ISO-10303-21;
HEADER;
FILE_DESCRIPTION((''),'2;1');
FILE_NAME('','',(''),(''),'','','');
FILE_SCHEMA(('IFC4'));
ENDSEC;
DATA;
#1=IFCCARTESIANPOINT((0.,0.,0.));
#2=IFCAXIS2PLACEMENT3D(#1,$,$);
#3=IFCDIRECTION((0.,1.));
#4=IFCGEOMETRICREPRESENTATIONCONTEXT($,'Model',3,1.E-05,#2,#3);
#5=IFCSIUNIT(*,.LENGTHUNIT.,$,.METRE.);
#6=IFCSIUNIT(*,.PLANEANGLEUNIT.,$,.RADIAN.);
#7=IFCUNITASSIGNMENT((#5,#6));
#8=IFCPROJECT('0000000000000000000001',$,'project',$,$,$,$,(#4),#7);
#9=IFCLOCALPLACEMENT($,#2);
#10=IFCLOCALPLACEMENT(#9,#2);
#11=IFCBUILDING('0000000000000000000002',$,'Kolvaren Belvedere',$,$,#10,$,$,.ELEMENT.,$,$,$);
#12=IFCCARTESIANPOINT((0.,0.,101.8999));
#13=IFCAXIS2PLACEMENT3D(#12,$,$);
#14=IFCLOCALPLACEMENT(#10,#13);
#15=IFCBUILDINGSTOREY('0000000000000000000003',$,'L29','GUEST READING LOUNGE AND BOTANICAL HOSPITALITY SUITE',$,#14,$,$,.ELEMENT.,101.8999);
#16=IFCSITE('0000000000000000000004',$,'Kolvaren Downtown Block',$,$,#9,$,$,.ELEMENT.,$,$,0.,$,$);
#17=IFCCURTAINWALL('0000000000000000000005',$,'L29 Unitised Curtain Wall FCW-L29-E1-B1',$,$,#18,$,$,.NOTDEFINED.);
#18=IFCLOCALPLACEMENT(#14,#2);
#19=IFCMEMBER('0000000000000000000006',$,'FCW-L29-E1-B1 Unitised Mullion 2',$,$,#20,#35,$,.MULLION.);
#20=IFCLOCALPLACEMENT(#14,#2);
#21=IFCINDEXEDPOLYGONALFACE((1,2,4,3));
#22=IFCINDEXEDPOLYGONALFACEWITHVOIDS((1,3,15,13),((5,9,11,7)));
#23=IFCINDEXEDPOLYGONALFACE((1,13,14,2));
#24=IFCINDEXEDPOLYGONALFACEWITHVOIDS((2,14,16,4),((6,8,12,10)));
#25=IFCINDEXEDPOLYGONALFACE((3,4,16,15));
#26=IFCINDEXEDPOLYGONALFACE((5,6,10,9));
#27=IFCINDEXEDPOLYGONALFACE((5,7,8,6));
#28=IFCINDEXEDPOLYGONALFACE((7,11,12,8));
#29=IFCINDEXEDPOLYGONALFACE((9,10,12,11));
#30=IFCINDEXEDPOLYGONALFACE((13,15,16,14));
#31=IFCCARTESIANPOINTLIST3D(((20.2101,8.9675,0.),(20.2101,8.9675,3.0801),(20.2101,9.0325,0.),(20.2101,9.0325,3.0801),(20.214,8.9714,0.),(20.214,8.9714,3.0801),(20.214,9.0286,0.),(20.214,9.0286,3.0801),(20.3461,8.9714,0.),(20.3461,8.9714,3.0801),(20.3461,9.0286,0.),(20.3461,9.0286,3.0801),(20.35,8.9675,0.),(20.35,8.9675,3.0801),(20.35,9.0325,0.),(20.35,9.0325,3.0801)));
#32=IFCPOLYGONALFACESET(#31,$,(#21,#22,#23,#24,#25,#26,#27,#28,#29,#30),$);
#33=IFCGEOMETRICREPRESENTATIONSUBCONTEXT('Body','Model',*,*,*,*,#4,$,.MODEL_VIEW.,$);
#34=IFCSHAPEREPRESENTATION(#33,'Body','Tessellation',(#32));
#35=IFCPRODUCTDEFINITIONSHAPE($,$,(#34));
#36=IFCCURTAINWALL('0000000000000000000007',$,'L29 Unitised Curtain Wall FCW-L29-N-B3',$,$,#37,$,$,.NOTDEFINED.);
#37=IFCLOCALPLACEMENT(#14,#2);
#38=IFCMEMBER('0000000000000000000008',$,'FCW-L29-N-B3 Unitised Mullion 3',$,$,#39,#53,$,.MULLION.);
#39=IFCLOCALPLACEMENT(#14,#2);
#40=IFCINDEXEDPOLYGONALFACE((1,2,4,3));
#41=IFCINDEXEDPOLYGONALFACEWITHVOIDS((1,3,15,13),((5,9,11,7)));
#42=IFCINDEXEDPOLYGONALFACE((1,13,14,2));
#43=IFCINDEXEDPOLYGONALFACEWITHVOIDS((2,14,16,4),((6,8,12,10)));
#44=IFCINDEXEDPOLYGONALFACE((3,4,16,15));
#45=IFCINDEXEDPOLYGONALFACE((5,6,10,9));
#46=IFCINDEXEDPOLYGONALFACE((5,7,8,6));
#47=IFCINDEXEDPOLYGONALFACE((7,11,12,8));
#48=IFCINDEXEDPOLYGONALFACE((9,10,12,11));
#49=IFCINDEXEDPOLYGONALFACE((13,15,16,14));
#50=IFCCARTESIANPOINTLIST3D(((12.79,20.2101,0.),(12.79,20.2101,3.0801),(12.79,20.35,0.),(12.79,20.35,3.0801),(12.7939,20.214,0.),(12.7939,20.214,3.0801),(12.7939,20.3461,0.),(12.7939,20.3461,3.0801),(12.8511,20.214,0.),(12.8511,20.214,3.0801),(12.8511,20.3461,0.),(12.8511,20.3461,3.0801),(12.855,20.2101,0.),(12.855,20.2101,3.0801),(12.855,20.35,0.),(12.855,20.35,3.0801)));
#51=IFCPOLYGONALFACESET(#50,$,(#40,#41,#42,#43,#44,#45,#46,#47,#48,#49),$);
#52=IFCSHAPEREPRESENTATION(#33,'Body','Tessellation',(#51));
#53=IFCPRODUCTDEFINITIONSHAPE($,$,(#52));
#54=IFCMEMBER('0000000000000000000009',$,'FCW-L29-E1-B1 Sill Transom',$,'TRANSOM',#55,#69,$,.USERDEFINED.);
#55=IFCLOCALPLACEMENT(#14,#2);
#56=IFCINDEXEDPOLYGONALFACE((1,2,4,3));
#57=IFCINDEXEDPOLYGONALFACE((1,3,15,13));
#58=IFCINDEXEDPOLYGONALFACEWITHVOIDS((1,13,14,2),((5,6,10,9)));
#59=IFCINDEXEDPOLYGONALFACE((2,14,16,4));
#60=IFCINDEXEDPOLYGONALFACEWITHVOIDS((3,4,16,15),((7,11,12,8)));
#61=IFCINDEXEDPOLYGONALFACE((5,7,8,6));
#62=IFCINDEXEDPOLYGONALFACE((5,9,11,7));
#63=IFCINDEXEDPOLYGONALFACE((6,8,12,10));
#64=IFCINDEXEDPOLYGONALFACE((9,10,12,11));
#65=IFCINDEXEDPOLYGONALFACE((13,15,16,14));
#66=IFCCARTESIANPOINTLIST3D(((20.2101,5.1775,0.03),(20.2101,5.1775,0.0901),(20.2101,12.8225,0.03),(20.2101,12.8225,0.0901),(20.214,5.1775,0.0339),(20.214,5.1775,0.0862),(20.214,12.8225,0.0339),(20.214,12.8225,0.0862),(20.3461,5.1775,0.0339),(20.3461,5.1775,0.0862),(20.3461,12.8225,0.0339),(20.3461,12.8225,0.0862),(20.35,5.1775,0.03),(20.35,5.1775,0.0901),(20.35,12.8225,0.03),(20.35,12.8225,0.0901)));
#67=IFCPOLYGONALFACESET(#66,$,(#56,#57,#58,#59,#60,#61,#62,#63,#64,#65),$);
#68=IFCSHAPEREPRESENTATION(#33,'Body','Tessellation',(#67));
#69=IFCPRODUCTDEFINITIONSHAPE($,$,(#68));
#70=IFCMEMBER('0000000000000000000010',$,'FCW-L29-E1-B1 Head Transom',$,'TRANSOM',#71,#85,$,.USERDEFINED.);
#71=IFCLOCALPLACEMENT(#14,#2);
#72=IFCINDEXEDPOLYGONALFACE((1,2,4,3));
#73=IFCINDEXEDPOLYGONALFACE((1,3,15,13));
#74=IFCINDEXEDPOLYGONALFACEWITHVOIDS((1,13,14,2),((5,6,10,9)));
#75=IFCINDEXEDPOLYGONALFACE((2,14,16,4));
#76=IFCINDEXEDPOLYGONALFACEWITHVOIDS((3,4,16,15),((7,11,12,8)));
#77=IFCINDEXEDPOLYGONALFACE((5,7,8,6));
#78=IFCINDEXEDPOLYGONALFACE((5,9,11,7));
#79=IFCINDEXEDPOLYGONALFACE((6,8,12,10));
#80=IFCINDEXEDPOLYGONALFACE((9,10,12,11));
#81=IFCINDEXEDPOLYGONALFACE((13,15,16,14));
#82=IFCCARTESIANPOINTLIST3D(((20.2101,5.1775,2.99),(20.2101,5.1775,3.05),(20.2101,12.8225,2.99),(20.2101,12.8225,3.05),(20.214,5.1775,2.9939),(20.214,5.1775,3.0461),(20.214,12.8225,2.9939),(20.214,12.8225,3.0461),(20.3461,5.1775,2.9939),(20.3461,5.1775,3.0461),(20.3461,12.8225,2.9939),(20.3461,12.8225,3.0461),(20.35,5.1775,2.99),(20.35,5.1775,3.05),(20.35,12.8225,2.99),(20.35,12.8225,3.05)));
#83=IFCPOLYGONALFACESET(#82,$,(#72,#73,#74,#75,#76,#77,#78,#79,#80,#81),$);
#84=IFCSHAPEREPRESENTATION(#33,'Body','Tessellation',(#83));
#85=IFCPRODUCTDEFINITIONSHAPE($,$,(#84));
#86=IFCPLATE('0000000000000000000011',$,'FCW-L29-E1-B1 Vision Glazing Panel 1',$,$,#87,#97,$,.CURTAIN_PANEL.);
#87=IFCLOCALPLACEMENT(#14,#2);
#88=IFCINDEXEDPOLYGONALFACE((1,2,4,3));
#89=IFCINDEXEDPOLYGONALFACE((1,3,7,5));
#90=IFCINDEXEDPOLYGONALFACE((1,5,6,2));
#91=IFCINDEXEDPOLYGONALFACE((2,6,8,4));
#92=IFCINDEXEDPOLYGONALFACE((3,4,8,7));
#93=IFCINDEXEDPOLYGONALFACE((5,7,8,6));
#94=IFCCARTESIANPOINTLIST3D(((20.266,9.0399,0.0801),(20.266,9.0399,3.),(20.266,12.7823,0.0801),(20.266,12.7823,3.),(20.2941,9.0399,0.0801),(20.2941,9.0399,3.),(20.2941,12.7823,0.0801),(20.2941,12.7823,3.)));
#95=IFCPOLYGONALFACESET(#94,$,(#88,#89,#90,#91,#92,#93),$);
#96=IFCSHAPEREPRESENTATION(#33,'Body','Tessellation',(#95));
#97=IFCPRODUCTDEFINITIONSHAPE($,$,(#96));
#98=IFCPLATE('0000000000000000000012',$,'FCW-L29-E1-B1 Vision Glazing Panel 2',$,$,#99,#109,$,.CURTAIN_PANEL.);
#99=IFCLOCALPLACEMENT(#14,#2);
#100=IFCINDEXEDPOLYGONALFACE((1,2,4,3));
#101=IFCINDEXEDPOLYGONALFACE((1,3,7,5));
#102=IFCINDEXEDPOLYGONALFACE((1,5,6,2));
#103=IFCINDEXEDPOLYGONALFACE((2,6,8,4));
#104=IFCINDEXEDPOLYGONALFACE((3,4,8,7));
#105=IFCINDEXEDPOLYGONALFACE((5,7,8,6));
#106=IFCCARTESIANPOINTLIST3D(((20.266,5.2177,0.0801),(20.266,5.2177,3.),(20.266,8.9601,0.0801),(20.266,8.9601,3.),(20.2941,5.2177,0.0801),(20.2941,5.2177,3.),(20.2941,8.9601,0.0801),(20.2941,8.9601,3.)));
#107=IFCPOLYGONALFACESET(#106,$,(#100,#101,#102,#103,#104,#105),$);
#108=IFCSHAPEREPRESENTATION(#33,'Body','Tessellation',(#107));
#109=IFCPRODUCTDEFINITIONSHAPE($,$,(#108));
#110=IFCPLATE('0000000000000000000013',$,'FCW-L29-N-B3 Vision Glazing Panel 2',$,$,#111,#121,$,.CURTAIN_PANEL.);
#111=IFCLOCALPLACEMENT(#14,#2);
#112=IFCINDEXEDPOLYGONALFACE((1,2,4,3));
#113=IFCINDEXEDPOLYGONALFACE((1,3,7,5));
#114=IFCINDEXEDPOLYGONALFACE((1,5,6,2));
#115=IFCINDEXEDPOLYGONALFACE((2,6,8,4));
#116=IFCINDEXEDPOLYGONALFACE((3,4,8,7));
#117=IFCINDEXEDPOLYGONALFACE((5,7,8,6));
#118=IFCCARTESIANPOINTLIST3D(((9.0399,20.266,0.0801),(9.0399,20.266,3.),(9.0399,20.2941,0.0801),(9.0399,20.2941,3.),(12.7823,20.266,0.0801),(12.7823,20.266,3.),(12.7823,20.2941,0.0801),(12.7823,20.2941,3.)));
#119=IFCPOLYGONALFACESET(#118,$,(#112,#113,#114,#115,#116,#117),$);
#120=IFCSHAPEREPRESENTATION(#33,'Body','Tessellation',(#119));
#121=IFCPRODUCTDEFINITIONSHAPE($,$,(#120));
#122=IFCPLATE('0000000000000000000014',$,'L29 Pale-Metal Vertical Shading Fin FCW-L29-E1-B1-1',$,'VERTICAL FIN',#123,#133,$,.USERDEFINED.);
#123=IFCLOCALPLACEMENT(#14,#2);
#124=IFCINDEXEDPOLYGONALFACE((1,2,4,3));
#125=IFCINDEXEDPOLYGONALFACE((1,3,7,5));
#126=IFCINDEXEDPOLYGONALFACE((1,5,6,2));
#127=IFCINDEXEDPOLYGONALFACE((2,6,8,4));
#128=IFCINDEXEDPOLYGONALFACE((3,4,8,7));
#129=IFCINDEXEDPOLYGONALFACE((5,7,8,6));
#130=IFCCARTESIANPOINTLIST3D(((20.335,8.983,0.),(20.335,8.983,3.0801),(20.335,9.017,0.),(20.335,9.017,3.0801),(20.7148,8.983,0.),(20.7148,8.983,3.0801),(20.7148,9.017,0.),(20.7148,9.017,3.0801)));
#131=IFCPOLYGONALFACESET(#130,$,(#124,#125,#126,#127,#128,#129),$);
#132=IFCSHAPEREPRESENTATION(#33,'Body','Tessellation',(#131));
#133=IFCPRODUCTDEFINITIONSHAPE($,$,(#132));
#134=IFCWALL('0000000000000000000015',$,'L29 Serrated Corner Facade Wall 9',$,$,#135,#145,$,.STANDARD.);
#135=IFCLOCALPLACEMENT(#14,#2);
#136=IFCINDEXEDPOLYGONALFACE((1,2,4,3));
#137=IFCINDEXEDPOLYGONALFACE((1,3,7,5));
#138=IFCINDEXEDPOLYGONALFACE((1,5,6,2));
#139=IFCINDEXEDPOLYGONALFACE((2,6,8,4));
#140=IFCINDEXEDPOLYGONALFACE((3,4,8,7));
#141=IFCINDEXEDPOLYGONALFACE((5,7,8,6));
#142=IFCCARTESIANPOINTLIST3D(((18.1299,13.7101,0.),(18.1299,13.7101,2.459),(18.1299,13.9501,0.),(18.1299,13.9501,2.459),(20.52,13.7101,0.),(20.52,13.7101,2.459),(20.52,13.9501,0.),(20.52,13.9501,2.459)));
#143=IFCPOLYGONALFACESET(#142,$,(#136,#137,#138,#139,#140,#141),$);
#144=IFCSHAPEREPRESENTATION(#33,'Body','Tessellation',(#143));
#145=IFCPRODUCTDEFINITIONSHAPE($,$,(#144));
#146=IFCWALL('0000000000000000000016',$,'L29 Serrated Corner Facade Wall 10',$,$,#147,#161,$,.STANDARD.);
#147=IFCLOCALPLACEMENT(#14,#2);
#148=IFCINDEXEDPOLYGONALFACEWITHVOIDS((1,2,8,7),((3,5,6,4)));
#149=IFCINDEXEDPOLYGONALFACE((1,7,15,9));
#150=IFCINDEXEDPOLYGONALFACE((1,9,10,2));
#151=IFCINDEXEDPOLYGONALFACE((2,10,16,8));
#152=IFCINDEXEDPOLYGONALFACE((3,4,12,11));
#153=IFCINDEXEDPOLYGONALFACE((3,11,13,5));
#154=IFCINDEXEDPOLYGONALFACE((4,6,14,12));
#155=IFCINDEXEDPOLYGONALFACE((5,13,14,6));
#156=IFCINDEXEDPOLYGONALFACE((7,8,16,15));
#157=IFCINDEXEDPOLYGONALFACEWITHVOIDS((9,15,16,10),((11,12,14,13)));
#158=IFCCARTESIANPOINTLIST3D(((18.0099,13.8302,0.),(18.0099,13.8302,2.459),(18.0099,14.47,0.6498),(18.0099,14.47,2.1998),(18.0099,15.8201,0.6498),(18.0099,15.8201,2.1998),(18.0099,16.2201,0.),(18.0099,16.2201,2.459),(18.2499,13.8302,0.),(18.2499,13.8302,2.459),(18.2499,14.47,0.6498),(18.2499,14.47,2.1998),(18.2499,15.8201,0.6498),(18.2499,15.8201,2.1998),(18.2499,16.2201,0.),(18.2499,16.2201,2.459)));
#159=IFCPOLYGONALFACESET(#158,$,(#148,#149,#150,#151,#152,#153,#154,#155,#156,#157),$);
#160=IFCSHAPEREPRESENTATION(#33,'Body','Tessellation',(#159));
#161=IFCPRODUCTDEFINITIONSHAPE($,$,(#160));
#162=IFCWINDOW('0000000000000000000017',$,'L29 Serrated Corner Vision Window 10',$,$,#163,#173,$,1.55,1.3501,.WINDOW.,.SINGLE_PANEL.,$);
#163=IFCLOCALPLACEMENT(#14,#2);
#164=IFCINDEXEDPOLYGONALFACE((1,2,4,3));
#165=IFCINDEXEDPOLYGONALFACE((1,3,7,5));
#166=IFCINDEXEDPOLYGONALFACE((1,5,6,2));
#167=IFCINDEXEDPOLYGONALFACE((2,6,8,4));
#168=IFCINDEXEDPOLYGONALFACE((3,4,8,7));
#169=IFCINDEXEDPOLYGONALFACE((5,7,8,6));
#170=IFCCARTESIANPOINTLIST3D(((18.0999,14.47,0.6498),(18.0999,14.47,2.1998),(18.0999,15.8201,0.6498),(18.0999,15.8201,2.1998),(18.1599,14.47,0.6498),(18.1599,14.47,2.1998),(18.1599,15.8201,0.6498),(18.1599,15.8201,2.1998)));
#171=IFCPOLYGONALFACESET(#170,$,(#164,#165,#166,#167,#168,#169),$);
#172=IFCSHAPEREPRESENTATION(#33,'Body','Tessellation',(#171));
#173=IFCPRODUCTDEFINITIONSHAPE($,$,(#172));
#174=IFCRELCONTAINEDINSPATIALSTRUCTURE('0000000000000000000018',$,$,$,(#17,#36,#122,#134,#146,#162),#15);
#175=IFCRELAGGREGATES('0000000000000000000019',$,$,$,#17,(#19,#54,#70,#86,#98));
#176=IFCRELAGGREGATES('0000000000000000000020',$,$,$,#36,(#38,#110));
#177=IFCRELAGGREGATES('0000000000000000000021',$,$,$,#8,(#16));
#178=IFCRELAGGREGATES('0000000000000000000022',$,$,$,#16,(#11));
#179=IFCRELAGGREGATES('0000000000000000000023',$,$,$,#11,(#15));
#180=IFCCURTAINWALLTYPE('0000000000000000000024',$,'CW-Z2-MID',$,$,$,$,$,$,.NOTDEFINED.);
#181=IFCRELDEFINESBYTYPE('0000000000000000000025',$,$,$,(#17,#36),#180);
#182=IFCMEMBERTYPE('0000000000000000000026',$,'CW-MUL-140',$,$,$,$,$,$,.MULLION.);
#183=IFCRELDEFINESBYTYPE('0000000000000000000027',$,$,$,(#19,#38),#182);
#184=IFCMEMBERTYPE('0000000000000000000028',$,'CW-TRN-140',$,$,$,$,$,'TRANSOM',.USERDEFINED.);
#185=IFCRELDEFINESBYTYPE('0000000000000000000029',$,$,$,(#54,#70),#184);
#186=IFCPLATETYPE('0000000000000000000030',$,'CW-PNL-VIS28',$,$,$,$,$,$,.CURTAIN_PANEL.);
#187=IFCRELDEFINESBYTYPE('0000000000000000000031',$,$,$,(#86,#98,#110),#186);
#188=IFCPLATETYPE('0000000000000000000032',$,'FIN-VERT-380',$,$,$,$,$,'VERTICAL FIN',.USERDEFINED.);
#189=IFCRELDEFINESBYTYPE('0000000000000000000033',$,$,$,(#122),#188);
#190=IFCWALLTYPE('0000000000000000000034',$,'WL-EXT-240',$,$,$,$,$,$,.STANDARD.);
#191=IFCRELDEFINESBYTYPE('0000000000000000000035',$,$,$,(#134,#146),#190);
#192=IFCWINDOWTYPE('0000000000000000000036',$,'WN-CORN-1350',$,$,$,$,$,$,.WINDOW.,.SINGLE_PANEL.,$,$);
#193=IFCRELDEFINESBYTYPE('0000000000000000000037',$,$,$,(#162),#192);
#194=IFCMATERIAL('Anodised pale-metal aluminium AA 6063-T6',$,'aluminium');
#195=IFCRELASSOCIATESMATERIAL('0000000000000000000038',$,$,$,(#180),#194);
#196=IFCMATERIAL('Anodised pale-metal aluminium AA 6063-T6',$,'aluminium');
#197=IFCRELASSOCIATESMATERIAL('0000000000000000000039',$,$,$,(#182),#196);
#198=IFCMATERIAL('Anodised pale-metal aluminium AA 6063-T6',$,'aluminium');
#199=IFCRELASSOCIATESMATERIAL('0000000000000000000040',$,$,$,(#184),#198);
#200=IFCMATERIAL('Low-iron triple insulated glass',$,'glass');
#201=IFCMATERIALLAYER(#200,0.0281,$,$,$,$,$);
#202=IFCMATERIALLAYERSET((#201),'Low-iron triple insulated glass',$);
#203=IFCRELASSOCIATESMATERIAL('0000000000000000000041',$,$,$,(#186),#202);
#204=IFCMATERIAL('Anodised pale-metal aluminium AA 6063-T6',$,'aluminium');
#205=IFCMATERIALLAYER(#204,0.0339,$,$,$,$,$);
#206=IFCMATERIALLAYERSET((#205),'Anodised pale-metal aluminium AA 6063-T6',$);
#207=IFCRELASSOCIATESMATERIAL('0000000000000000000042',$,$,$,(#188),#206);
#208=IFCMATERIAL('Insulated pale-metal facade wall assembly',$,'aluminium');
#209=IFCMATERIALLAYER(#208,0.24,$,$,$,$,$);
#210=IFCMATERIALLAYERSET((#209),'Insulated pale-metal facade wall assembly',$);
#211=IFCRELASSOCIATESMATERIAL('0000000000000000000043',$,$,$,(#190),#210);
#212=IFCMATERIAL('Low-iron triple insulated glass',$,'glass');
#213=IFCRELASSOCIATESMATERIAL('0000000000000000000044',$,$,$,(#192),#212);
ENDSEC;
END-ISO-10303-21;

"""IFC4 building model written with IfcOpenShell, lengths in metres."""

from ifc_helpers import new_model, si_unit, direction, frame, frame_2d, origin, origin_2d, place, context, subcontext, project, spatial, rectangle, hollow_rectangle, extrude, material, layer, layer_set, material_profile, profile_set, type_object, element, fill, aggregate, save


model = new_model("IFC4")

# Units and contexts
model_context = context("Model", 3, precision=1e-05, world=origin(), true_north=direction((0.0, 1.0)))
body_context = subcontext(model_context, "Body", "Model", "MODEL_VIEW")
ifc_project = project(units=[si_unit("LENGTHUNIT", "METRE"), si_unit("PLANEANGLEUNIT", "RADIAN")], contexts=[model_context])

# Site, building, storey
site_placement = place(None, origin())
site = spatial("IfcSite", under=ifc_project, at=site_placement, Name="Kolvaren Downtown Block", CompositionType="ELEMENT", RefElevation=0.0)
building_placement = place(site_placement, origin())
building = spatial("IfcBuilding", under=site, at=building_placement, Name="Kolvaren Belvedere", CompositionType="ELEMENT")
storey_placement = place(building_placement, frame((0.0, 0.0, 101.8999)))
storey = spatial("IfcBuildingStorey", under=building, at=storey_placement, Name="L29", Description="GUEST READING LOUNGE AND BOTANICAL HOSPITALITY SUITE", CompositionType="ELEMENT", Elevation=101.8999)

# Curtain wall, member
ifc_material_1 = material(Name="Anodised pale-metal aluminium AA 6063-T6", Category="aluminium")
curtain_wall_type = type_object("IfcCurtainWallType", Name="CW-Z2-MID", PredefinedType="NOTDEFINED", material=ifc_material_1)
curtain_wall_1_placement = place(storey_placement, origin())
curtain_wall_1 = element("IfcCurtainWall", 1, at=curtain_wall_1_placement, inside=storey, type_object=curtain_wall_type, Name="L29 Unitised Curtain Wall FCW-L29-E1-B1", PredefinedType="NOTDEFINED")
ifc_material_2 = material(Name="Anodised pale-metal aluminium AA 6063-T6", Category="aluminium")
ifc_material_profile_1 = material_profile(ifc_material_2, hollow_rectangle(XDim=0.0649, YDim=0.1399, WallThickness=0.0039, at=origin_2d()), Name="ALU-MUL-140X65")
ifc_profile_set_1 = profile_set([ifc_material_profile_1], Name="Anodised pale-metal aluminium AA 6063-T6")
member_type_1 = type_object("IfcMemberType", Name="CW-MUL-140", PredefinedType="MULLION", material=ifc_profile_set_1)
member_1_placement = place(storey_placement, frame((20.28, 9.0, 0.0), z_axis=(0.0, 0.0, 1.0), x_axis=(0.0, 1.0, 0.0)))
member_1 = element("IfcMember", 2, at=member_1_placement, type_object=member_type_1, Name="FCW-L29-E1-B1 Unitised Mullion 2", PredefinedType="MULLION", context=body_context, shape_type="SweptSolid", body=[
    extrude(hollow_rectangle(XDim=0.0649, YDim=0.1399, WallThickness=0.0039, at=origin_2d()), origin(), (0.0, 0.0, 1.0), 3.0801),
])

# Curtain wall, member
curtain_wall_2_placement = place(storey_placement, origin())
curtain_wall_2 = element("IfcCurtainWall", 3, at=curtain_wall_2_placement, inside=storey, type_object=curtain_wall_type, Name="L29 Unitised Curtain Wall FCW-L29-N-B3", PredefinedType="NOTDEFINED")
member_2_placement = place(storey_placement, frame((12.8225, 20.28, 0.0), z_axis=(0.0, 0.0, 1.0), x_axis=(1.0, 0.0, 0.0)))
member_2 = element("IfcMember", 4, at=member_2_placement, type_object=member_type_1, Name="FCW-L29-N-B3 Unitised Mullion 3", PredefinedType="MULLION", context=body_context, shape_type="SweptSolid", body=[
    extrude(hollow_rectangle(XDim=0.0649, YDim=0.1399, WallThickness=0.0039, at=origin_2d()), origin(), (0.0, 0.0, 1.0), 3.0801),
])

# Members
ifc_material_3 = material(Name="Anodised pale-metal aluminium AA 6063-T6", Category="aluminium")
ifc_material_profile_2 = material_profile(ifc_material_3, hollow_rectangle(XDim=0.0601, YDim=0.1399, WallThickness=0.0039, at=origin_2d()), Name="ALU-TRN-140X60")
ifc_profile_set_2 = profile_set([ifc_material_profile_2], Name="Anodised pale-metal aluminium AA 6063-T6")
member_type_2 = type_object("IfcMemberType", Name="CW-TRN-140", ElementType="TRANSOM", PredefinedType="USERDEFINED", material=ifc_profile_set_2)
member_3_placement = place(storey_placement, frame((20.28, 12.8225, 0.0601), z_axis=(0.0, -1.0, 0.0), x_axis=(0.0, 0.0, 1.0)))
member_3 = element("IfcMember", 5, at=member_3_placement, type_object=member_type_2, Name="FCW-L29-E1-B1 Sill Transom", ObjectType="TRANSOM", PredefinedType="USERDEFINED", context=body_context, shape_type="SweptSolid", body=[
    extrude(hollow_rectangle(XDim=0.0601, YDim=0.1399, WallThickness=0.0039, at=origin_2d()), origin(), (0.0, 0.0, 1.0), 7.645),
])
member_4_placement = place(storey_placement, frame((20.28, 12.8225, 3.02), z_axis=(0.0, -1.0, 0.0), x_axis=(0.0, 0.0, 1.0)))
member_4 = element("IfcMember", 6, at=member_4_placement, type_object=member_type_2, Name="FCW-L29-E1-B1 Head Transom", ObjectType="TRANSOM", PredefinedType="USERDEFINED", context=body_context, shape_type="SweptSolid", body=[
    extrude(hollow_rectangle(XDim=0.0601, YDim=0.1399, WallThickness=0.0039, at=origin_2d()), origin(), (0.0, 0.0, 1.0), 7.645),
])

# Plates
ifc_material_4 = material(Name="Low-iron triple insulated glass", Category="glass")
ifc_layer_1 = layer(ifc_material_4, 0.0281)
ifc_layer_set_1 = layer_set([ifc_layer_1], Name="Low-iron triple insulated glass")
plate_type_1 = type_object("IfcPlateType", Name="CW-PNL-VIS28", PredefinedType="CURTAIN_PANEL", material=ifc_layer_set_1)
plate_1_placement = place(storey_placement, frame((20.28, 10.9111, 0.0801), z_axis=(0.0, 0.0, 1.0), x_axis=(0.0, -1.0, 0.0)))
plate_1 = element("IfcPlate", 7, at=plate_1_placement, type_object=plate_type_1, Name="FCW-L29-E1-B1 Vision Glazing Panel 1", PredefinedType="CURTAIN_PANEL", context=body_context, shape_type="SweptSolid", body=[
    extrude(rectangle(XDim=3.7424, YDim=0.0281, at=origin_2d()), origin(), (0.0, 0.0, 1.0), 2.9199),
])
plate_2_placement = place(storey_placement, frame((20.28, 7.0889, 0.0801), z_axis=(0.0, 0.0, 1.0), x_axis=(0.0, -1.0, 0.0)))
plate_2 = element("IfcPlate", 8, at=plate_2_placement, type_object=plate_type_1, Name="FCW-L29-E1-B1 Vision Glazing Panel 2", PredefinedType="CURTAIN_PANEL", context=body_context, shape_type="SweptSolid", body=[
    extrude(rectangle(XDim=3.7424, YDim=0.0281, at=origin_2d()), origin(), (0.0, 0.0, 1.0), 2.9199),
])
aggregate(curtain_wall_1, [member_1, member_3, member_4, plate_1, plate_2])
plate_3_placement = place(storey_placement, frame((10.9111, 20.28, 0.0801), z_axis=(0.0, 0.0, 1.0), x_axis=(1.0, 0.0, 0.0)))
plate_3 = element("IfcPlate", 9, at=plate_3_placement, type_object=plate_type_1, Name="FCW-L29-N-B3 Vision Glazing Panel 2", PredefinedType="CURTAIN_PANEL", context=body_context, shape_type="SweptSolid", body=[
    extrude(rectangle(XDim=3.7424, YDim=0.0281, at=origin_2d()), origin(), (0.0, 0.0, 1.0), 2.9199),
])
aggregate(curtain_wall_2, [member_2, plate_3])
ifc_material_5 = material(Name="Anodised pale-metal aluminium AA 6063-T6", Category="aluminium")
ifc_layer_2 = layer(ifc_material_5, 0.0339)
ifc_layer_set_2 = layer_set([ifc_layer_2], Name="Anodised pale-metal aluminium AA 6063-T6")
plate_type_2 = type_object("IfcPlateType", Name="FIN-VERT-380", ElementType="VERTICAL FIN", PredefinedType="USERDEFINED", material=ifc_layer_set_2)
plate_4_placement = place(storey_placement, frame((20.5249, 9.0, 0.0), z_axis=(0.0, 0.0, 1.0), x_axis=(1.0, 0.0, 0.0)))
element("IfcPlate", 10, at=plate_4_placement, inside=storey, type_object=plate_type_2, Name="L29 Pale-Metal Vertical Shading Fin FCW-L29-E1-B1-1", ObjectType="VERTICAL FIN", PredefinedType="USERDEFINED", context=body_context, shape_type="SweptSolid", body=[
    extrude(rectangle(XDim=0.3799, YDim=0.0339, at=origin_2d()), origin(), (0.0, 0.0, 1.0), 3.0801),
])

# Wall
ifc_material_6 = material(Name="Insulated pale-metal facade wall assembly", Category="aluminium")
ifc_layer_3 = layer(ifc_material_6, 0.24)
ifc_layer_set_3 = layer_set([ifc_layer_3], Name="Insulated pale-metal facade wall assembly")
wall_type_1 = type_object("IfcWallType", Name="WL-EXT-240", PredefinedType="STANDARD", material=ifc_layer_set_3)
wall_1_placement = place(storey_placement, frame((18.1299, 13.8301, 0.0), z_axis=(0.0, 0.0, 1.0), x_axis=(1.0, 0.0, 0.0)))
element("IfcWall", 11, at=wall_1_placement, inside=storey, type_object=wall_type_1, Name="L29 Serrated Corner Facade Wall 9", PredefinedType="STANDARD", context=body_context, shape_type="SweptSolid", body=[
    extrude(rectangle(XDim=2.3901, YDim=0.24, at=frame_2d((1.1951, 0.0))), origin(), (0.0, 0.0, 1.0), 2.459),
])

# Wall, opening, window
wall_2_placement = place(storey_placement, frame((18.1299, 16.22, 0.0), z_axis=(0.0, 0.0, 1.0), x_axis=(0.0, -1.0, 0.0)))
wall_2 = element("IfcWall", 12, at=wall_2_placement, inside=storey, type_object=wall_type_1, Name="L29 Serrated Corner Facade Wall 10", PredefinedType="STANDARD", context=body_context, shape_type="SweptSolid", body=[
    extrude(rectangle(XDim=2.3899, YDim=0.24, at=frame_2d((1.1948, 0.0))), origin(), (0.0, 0.0, 1.0), 2.459),
])
opening_1_placement = place(wall_2_placement, frame((0.3999, 0.0, 0.6499)))
opening_1 = element("IfcOpeningElement", 13, at=opening_1_placement, cuts=wall_2, PredefinedType="OPENING", context=body_context, shape_type="SweptSolid", body=[
    extrude(rectangle(XDim=1.3501, YDim=1.55, at=frame_2d((0.675, 0.7749))), frame((0.0, 0.1299, 0.0), z_axis=(0.0, -1.0, 0.0), x_axis=(1.0, 0.0, 0.0)), (0.0, 0.0, 1.0), 0.26),
])
ifc_material_7 = material(Name="Low-iron triple insulated glass", Category="glass")
window_type_1 = type_object("IfcWindowType", Name="WN-CORN-1350", PartitioningType="SINGLE_PANEL", PredefinedType="WINDOW", material=ifc_material_7)
window_1_placement = place(opening_1_placement, origin())
window_1 = element("IfcWindow", 14, at=window_1_placement, inside=storey, type_object=window_type_1, Name="L29 Serrated Corner Vision Window 10", OverallHeight=1.55, OverallWidth=1.3501, PartitioningType="SINGLE_PANEL", PredefinedType="WINDOW", context=body_context, shape_type="SweptSolid", body=[
    extrude(rectangle(XDim=1.3501, YDim=1.55, at=frame_2d((0.675, 0.7749))), frame((0.0, 0.03, 0.0), z_axis=(0.0, -1.0, 0.0), x_axis=(1.0, 0.0, 0.0)), (0.0, 0.0, 1.0), 0.0601),
])
fill(opening_1, window_1)

save(model, "model.ifc")
